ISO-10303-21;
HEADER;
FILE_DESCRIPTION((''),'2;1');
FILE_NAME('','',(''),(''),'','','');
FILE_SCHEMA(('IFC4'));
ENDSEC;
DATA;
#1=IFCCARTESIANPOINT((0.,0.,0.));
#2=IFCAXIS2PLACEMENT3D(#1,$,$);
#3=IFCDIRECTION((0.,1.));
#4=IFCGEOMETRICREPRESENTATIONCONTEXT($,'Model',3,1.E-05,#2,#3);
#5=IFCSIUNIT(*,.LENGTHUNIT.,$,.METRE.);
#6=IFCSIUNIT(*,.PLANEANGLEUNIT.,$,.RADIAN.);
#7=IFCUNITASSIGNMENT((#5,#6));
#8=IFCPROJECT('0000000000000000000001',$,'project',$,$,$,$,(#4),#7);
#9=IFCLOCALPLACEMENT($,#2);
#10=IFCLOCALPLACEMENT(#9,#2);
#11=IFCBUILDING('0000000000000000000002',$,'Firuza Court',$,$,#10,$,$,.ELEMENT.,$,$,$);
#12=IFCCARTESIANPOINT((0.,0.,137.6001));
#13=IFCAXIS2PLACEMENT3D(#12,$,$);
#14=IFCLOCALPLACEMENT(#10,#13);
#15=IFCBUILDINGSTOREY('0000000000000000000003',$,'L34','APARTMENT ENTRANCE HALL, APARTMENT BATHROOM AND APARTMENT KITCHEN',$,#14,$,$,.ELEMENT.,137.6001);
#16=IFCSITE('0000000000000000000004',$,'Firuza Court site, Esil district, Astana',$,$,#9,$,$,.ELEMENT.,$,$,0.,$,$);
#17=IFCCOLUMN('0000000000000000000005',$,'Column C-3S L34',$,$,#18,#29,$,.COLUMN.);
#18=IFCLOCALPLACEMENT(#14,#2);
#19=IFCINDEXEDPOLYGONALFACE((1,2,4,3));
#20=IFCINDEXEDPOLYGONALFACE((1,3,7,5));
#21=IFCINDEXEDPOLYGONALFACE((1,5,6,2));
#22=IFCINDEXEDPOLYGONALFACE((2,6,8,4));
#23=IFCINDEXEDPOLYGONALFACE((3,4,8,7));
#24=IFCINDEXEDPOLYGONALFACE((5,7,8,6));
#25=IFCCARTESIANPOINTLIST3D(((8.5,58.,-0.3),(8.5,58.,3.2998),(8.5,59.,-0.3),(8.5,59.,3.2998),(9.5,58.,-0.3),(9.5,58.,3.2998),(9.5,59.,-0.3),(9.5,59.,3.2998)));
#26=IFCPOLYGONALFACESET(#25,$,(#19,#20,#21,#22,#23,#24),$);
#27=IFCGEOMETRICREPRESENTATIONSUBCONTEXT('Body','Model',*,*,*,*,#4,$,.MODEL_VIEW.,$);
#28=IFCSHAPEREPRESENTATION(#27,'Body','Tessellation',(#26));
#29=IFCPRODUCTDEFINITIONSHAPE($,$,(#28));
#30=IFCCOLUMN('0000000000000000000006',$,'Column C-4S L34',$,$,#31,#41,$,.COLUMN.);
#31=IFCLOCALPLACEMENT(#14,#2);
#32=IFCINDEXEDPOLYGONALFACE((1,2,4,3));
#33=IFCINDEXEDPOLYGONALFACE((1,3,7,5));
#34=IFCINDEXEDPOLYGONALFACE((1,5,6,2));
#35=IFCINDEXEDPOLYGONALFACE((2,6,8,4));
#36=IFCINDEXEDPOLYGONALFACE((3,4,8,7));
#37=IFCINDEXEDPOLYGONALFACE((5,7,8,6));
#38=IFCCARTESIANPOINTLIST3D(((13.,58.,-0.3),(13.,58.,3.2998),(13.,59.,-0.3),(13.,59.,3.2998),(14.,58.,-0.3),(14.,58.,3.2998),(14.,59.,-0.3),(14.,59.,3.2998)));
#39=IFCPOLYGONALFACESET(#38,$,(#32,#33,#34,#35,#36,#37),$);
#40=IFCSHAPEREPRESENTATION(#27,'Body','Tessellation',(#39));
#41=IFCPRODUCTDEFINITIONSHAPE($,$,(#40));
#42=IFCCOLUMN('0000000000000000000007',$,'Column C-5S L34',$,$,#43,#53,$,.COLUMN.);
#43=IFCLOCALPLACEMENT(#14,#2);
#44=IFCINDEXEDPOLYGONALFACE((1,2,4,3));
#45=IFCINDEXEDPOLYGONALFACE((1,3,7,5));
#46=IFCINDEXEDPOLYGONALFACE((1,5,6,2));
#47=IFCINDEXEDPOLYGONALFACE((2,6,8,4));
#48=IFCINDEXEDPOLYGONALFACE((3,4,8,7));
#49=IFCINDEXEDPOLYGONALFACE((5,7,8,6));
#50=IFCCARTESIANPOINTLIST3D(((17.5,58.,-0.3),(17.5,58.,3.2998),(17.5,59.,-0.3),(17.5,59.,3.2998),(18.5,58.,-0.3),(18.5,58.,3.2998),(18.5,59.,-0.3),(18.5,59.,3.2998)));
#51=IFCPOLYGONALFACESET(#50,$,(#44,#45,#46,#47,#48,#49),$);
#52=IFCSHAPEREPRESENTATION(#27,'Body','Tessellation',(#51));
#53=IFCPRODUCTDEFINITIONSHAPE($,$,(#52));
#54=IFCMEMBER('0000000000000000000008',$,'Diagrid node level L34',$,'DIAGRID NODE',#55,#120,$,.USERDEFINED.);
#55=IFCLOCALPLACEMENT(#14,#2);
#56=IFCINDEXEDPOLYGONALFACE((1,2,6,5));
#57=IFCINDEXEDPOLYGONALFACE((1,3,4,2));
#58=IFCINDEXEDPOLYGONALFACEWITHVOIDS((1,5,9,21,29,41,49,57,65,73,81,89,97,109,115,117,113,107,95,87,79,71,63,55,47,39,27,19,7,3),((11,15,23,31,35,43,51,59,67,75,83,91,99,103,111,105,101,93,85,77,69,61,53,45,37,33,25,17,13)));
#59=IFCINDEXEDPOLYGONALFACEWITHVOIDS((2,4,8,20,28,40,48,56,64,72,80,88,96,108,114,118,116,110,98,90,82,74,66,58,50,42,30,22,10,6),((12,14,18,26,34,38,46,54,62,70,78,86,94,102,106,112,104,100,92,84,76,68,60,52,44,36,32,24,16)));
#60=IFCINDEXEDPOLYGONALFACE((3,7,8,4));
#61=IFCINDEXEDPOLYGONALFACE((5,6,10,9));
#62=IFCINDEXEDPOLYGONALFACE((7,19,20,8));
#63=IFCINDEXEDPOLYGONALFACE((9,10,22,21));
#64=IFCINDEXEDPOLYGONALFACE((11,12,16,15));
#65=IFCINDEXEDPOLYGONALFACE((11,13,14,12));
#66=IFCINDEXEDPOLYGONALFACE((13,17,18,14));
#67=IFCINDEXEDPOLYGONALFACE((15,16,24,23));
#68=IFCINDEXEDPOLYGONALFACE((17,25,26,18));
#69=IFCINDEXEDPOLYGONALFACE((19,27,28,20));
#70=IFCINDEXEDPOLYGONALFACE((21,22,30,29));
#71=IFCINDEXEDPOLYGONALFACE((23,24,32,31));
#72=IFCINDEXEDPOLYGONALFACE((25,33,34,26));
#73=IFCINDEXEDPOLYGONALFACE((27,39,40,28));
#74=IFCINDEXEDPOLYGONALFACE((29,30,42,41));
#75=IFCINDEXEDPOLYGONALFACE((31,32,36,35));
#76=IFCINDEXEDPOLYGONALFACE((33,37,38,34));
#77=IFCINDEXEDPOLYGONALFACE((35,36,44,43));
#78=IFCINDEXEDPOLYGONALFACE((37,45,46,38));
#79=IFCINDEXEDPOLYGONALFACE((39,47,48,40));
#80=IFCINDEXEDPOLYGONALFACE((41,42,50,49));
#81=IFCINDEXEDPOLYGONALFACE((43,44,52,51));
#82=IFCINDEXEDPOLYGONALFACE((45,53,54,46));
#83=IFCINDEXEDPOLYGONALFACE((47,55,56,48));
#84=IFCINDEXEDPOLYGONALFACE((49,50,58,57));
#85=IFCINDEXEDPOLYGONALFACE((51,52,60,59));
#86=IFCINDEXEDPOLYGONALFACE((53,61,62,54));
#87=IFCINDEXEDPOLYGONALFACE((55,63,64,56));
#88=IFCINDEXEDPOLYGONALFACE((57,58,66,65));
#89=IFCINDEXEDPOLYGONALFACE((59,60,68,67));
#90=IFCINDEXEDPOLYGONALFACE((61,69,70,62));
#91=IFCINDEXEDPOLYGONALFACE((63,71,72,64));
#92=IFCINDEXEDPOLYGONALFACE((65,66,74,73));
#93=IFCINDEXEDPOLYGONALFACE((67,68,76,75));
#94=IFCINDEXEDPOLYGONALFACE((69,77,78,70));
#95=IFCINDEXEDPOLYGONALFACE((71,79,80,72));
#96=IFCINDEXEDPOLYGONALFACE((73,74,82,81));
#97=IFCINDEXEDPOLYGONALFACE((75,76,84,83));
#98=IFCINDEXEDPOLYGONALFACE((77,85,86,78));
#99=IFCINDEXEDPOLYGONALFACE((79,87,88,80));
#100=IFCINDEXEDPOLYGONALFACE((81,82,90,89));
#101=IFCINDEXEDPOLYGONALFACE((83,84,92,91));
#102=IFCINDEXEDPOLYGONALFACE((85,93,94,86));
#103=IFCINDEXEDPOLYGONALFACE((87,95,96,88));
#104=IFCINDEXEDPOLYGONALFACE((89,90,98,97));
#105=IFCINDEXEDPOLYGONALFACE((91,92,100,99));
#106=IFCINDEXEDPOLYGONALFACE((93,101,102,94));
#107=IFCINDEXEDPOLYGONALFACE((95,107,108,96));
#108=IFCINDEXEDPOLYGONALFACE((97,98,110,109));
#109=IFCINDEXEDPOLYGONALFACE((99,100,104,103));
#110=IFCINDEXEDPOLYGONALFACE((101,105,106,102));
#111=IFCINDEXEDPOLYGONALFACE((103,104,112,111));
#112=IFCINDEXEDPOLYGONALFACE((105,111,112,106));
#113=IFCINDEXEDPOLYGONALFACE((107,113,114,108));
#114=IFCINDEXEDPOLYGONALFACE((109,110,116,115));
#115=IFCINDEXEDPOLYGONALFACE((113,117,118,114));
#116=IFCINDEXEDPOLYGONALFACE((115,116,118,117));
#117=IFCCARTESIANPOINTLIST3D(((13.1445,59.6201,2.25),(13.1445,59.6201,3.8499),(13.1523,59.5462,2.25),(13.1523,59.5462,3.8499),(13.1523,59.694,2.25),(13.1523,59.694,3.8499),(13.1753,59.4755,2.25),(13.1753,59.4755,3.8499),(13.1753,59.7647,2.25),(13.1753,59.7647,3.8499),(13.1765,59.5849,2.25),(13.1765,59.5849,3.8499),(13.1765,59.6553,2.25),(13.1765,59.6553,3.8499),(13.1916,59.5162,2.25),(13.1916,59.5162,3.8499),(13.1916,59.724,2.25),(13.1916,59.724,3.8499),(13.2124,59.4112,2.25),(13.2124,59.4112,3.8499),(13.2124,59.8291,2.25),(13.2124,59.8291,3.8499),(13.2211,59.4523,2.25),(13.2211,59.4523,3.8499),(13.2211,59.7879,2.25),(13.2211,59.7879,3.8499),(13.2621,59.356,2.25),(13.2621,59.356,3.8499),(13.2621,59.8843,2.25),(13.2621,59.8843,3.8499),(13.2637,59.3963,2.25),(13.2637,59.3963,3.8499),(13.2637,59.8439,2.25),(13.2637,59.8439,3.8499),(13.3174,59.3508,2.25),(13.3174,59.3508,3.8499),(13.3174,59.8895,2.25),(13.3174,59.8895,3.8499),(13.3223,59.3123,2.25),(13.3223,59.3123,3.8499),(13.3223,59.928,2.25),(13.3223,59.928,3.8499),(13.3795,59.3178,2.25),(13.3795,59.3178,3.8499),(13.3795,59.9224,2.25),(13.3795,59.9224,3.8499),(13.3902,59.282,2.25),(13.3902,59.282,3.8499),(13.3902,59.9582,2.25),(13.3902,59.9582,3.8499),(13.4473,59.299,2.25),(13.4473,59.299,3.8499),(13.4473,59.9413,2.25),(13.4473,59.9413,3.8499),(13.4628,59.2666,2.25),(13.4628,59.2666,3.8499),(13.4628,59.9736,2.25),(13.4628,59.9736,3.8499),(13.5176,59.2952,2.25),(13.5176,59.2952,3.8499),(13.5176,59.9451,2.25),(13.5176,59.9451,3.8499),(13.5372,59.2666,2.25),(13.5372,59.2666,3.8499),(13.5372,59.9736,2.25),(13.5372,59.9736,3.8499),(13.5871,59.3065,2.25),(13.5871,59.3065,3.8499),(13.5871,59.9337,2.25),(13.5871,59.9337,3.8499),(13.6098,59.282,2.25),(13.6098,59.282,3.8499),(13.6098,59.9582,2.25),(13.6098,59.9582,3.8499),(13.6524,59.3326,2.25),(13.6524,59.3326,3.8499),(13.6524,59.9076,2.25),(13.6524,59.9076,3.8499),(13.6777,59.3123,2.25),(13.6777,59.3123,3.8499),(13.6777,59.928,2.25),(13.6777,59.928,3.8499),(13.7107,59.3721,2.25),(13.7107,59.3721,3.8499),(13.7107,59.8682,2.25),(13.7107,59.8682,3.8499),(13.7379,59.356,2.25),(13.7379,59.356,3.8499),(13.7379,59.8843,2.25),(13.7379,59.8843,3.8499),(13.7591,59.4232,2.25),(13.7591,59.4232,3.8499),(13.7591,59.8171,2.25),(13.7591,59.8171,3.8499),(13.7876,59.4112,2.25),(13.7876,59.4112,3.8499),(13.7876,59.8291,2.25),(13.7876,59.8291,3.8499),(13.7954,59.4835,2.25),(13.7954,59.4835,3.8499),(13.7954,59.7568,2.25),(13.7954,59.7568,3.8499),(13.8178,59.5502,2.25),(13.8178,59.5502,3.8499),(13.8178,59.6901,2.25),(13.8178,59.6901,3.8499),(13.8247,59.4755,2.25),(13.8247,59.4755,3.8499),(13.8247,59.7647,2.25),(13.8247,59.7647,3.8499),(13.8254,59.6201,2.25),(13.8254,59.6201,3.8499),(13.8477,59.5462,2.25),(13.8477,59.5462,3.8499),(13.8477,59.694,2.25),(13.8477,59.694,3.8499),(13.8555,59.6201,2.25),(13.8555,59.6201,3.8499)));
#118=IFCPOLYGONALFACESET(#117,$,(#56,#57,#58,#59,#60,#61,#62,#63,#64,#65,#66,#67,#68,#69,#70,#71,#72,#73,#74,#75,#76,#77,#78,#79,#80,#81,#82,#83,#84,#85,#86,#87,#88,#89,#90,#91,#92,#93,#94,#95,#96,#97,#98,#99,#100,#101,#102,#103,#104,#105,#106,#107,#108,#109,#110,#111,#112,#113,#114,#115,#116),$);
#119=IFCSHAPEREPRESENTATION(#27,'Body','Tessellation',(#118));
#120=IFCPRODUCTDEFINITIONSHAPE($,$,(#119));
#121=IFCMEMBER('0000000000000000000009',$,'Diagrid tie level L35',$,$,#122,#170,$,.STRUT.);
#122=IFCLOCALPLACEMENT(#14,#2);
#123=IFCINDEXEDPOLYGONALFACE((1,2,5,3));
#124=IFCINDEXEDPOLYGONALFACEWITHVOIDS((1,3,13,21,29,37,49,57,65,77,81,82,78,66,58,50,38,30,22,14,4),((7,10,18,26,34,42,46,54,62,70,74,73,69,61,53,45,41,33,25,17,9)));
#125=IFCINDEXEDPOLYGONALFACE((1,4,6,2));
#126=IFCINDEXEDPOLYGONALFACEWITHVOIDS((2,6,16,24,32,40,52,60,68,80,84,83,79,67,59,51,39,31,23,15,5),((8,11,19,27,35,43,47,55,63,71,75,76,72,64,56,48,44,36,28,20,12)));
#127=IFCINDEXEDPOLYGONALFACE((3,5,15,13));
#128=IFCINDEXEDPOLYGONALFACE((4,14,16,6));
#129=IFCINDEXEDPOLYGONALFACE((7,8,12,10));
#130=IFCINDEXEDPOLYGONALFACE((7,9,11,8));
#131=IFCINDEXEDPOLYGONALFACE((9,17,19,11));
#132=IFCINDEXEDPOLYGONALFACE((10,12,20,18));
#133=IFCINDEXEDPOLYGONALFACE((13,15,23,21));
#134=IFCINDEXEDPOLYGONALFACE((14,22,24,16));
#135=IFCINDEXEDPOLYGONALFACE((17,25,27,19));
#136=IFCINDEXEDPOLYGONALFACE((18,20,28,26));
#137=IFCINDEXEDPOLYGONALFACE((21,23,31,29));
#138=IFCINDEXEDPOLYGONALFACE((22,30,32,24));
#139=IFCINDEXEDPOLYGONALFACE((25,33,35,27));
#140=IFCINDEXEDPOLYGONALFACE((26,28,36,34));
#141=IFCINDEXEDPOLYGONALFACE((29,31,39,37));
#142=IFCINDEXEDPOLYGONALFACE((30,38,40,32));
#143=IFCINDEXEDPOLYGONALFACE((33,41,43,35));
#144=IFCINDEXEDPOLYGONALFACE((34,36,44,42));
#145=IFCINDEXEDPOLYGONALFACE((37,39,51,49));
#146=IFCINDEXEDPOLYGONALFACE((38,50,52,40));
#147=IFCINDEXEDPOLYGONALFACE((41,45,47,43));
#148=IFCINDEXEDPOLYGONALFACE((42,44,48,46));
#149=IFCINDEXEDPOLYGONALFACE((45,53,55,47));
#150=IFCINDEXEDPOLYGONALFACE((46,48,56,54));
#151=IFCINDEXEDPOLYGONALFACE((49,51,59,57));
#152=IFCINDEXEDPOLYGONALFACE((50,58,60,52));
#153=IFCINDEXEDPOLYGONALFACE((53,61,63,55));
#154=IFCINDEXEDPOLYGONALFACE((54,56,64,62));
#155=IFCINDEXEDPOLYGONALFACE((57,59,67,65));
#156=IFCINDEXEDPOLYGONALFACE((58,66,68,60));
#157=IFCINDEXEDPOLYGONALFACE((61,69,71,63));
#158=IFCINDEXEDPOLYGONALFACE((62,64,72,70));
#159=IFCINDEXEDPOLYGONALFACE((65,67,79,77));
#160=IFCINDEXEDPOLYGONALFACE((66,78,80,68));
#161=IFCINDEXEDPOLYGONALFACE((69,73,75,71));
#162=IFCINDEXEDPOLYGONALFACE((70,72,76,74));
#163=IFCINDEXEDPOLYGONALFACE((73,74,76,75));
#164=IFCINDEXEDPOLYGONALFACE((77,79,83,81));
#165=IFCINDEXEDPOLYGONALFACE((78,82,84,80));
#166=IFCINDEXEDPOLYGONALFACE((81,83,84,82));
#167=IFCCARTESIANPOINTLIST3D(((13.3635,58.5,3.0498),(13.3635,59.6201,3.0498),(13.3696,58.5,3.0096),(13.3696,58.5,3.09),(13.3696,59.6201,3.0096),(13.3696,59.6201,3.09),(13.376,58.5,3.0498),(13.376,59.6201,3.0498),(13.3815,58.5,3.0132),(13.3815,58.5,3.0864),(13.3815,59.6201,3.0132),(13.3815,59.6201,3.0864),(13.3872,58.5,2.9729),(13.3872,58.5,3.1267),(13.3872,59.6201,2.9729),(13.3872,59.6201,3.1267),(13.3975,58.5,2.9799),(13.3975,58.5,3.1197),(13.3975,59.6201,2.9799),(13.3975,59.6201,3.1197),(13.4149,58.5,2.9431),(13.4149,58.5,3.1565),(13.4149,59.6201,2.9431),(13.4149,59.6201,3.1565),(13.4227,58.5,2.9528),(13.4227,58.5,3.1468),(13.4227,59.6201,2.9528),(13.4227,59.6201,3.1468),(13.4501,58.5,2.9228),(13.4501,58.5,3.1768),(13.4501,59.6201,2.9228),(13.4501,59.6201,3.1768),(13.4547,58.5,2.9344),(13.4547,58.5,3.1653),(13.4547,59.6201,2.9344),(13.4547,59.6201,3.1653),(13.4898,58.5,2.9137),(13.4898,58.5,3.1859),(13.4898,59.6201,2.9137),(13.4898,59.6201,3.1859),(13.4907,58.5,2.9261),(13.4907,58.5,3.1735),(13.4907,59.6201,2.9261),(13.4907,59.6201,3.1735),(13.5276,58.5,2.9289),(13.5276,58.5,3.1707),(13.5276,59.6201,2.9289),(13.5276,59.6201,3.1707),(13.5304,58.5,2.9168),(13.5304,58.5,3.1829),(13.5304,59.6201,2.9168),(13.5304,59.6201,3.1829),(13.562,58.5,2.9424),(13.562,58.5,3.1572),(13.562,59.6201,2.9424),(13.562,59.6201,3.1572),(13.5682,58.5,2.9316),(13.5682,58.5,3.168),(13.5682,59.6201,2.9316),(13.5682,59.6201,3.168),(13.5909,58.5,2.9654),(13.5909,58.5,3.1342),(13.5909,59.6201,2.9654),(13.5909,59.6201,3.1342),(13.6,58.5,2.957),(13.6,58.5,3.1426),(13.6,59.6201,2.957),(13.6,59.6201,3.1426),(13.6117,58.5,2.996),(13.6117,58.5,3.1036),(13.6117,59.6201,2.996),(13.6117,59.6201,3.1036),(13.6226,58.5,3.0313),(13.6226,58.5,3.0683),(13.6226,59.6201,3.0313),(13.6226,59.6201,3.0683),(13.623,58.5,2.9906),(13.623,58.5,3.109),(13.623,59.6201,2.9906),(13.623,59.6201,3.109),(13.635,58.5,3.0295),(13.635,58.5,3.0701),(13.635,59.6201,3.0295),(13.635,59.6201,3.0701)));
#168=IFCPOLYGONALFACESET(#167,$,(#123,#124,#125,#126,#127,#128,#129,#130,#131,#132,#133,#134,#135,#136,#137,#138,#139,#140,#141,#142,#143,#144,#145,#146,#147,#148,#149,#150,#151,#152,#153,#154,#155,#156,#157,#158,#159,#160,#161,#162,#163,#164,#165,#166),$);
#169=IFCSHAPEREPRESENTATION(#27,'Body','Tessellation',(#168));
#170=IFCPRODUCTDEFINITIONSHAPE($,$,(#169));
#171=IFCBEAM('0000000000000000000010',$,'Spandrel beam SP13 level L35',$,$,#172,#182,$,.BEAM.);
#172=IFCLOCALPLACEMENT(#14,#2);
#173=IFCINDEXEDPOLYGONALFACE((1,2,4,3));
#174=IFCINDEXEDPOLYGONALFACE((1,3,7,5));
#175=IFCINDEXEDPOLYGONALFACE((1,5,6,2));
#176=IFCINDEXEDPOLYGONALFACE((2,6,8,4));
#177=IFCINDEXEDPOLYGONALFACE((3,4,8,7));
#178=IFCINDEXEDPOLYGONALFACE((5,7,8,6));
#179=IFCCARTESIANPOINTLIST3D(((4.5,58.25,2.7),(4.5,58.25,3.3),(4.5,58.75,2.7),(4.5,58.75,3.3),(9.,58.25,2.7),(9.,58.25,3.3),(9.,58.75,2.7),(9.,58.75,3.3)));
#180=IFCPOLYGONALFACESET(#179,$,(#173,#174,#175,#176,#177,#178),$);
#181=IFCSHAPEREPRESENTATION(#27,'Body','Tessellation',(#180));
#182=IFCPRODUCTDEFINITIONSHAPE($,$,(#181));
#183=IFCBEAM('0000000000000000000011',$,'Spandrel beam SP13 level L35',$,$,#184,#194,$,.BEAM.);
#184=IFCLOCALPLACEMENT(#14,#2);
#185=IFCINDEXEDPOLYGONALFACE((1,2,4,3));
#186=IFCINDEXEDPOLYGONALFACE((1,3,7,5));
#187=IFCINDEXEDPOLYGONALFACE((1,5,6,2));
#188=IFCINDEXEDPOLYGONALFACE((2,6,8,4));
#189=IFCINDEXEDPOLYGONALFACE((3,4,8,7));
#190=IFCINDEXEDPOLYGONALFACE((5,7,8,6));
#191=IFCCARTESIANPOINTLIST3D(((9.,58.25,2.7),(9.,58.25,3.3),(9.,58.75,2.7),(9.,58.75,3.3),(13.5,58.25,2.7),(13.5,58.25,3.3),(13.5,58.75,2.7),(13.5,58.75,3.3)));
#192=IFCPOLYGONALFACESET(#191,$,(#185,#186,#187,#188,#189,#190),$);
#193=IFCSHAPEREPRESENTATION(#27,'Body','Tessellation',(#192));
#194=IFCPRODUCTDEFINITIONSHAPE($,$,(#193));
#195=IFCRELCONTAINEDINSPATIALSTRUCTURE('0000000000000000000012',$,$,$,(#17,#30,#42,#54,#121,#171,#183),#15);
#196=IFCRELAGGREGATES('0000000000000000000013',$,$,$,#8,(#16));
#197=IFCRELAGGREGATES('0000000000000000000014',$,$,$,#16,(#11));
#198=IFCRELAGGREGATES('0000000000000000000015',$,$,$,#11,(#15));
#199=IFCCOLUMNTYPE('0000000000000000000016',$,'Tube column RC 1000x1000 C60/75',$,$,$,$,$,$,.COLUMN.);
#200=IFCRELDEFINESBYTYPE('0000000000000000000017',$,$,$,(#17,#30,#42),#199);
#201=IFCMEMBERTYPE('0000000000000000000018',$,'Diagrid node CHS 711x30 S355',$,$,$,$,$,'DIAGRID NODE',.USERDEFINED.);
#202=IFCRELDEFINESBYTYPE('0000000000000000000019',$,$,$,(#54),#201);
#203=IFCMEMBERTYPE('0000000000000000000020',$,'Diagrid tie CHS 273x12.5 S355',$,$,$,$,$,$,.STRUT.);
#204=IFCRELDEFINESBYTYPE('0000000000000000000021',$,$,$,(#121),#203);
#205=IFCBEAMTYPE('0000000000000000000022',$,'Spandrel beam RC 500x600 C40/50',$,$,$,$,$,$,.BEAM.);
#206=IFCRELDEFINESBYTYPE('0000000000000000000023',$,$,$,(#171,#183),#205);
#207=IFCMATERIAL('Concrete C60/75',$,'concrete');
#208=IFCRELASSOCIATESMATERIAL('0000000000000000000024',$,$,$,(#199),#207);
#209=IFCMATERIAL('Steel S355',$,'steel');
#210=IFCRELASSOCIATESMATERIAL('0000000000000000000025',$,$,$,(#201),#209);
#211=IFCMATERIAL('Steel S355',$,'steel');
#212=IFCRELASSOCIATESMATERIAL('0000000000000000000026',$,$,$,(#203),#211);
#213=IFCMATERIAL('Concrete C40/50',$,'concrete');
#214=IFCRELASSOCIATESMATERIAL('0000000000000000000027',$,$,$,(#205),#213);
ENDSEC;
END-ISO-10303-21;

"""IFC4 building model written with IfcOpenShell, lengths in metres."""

from ifc_helpers import new_model, si_unit, direction, frame, origin, origin_2d, place, context, subcontext, project, spatial, rectangle, hollow_circle, extrude, material, material_profile, profile_set, type_object, element, save


model = new_model("IFC4")

# Units and contexts
model_context = context("Model", 3, precision=1e-05, world=origin(), true_north=direction((0.0, 1.0)))
body_context = subcontext(model_context, "Body", "Model", "MODEL_VIEW")
ifc_project = project(units=[si_unit("LENGTHUNIT", "METRE"), si_unit("PLANEANGLEUNIT", "RADIAN")], contexts=[model_context])

# Site, building, storey
site_placement = place(None, origin())
site = spatial("IfcSite", under=ifc_project, at=site_placement, Name="Firuza Court site, Esil district, Astana", CompositionType="ELEMENT", RefElevation=0.0)
building_placement = place(site_placement, origin())
building = spatial("IfcBuilding", under=site, at=building_placement, Name="Firuza Court", CompositionType="ELEMENT")
storey_placement = place(building_placement, frame((0.0, 0.0, 137.6001)))
storey = spatial("IfcBuildingStorey", under=building, at=storey_placement, Name="L34", Description="APARTMENT ENTRANCE HALL, APARTMENT BATHROOM AND APARTMENT KITCHEN", CompositionType="ELEMENT", Elevation=137.6001)

# Columns
ifc_material_1 = material(Name="Concrete C60/75", Category="concrete")
ifc_material_profile_1 = material_profile(ifc_material_1, rectangle(XDim=1.0, YDim=1.0, at=origin_2d()), Name="RC 1000x1000")
ifc_profile_set_1 = profile_set([ifc_material_profile_1], Name="Concrete C60/75")
column_type = type_object("IfcColumnType", Name="Tube column RC 1000x1000 C60/75", PredefinedType="COLUMN", material=ifc_profile_set_1)
for number, where, z_axis, x_axis, name in (
    (1, (9.0, 58.5, -0.3), (0.0, 0.0, 1.0), (1.0, 0.0, 0.0), "Column C-3S L34"),
    (2, (13.5, 58.5, -0.3), (0.0, 0.0, 1.0), (1.0, 0.0, 0.0), "Column C-4S L34"),
    (3, (18.0, 58.5, -0.3), (0.0, 0.0, 1.0), (1.0, 0.0, 0.0), "Column C-5S L34"),
):
    element("IfcColumn", number, at=place(storey_placement, frame(where, z_axis=z_axis, x_axis=x_axis)), inside=storey, type_object=column_type, Name=name, PredefinedType="COLUMN", context=body_context, shape_type="SweptSolid", body=[
        extrude(rectangle(XDim=1.0, YDim=1.0, at=origin_2d()), origin(), (0.0, 0.0, 1.0), 3.5999),
    ])

# Members
ifc_material_2 = material(Name="Steel S355", Category="steel")
ifc_material_profile_2 = material_profile(ifc_material_2, hollow_circle(Radius=0.3555, WallThickness=0.03, at=origin_2d()), Name="CHS 711x30")
ifc_profile_set_2 = profile_set([ifc_material_profile_2], Name="Steel S355")
member_type_1 = type_object("IfcMemberType", Name="Diagrid node CHS 711x30 S355", ElementType="DIAGRID NODE", PredefinedType="USERDEFINED", material=ifc_profile_set_2)
member_1_placement = place(storey_placement, frame((13.5, 59.6201, 2.25), z_axis=(0.0, 0.0, 1.0), x_axis=(1.0, 0.0, 0.0)))
element("IfcMember", 4, at=member_1_placement, inside=storey, type_object=member_type_1, Name="Diagrid node level L34", ObjectType="DIAGRID NODE", PredefinedType="USERDEFINED", context=body_context, shape_type="SweptSolid", body=[
    extrude(hollow_circle(Radius=0.3555, WallThickness=0.03, at=origin_2d()), origin(), (0.0, 0.0, 1.0), 1.5999),
])
ifc_material_3 = material(Name="Steel S355", Category="steel")
ifc_material_profile_3 = material_profile(ifc_material_3, hollow_circle(Radius=0.1365, WallThickness=0.0125, at=origin_2d()), Name="CHS 273x12.5")
ifc_profile_set_3 = profile_set([ifc_material_profile_3], Name="Steel S355")
member_type_2 = type_object("IfcMemberType", Name="Diagrid tie CHS 273x12.5 S355", PredefinedType="STRUT", material=ifc_profile_set_3)
member_2_placement = place(storey_placement, frame((13.5, 58.5, 3.0498), z_axis=(0.0, 1.0, 0.0), x_axis=(-1.0, 0.0, 0.0)))
element("IfcMember", 5, at=member_2_placement, inside=storey, type_object=member_type_2, Name="Diagrid tie level L35", PredefinedType="STRUT", context=body_context, shape_type="SweptSolid", body=[
    extrude(hollow_circle(Radius=0.1365, WallThickness=0.0125, at=origin_2d()), origin(), (0.0, 0.0, 1.0), 1.1201),
])

# Beams
ifc_material_4 = material(Name="Concrete C40/50", Category="concrete")
ifc_material_profile_4 = material_profile(ifc_material_4, rectangle(XDim=0.5, YDim=0.6001, at=origin_2d()), Name="RC 500x600")
ifc_profile_set_4 = profile_set([ifc_material_profile_4], Name="Concrete C40/50")
beam_type = type_object("IfcBeamType", Name="Spandrel beam RC 500x600 C40/50", PredefinedType="BEAM", material=ifc_profile_set_4)
for number, where, z_axis, x_axis, name in (
    (6, (9.0, 58.5, 3.0), (-1.0, 0.0, 0.0), (0.0, -1.0, 0.0), "Spandrel beam SP13 level L35"),
    (7, (13.5, 58.5, 3.0), (-1.0, 0.0, 0.0), (0.0, -1.0, 0.0), "Spandrel beam SP13 level L35"),
):
    element("IfcBeam", number, at=place(storey_placement, frame(where, z_axis=z_axis, x_axis=x_axis)), inside=storey, type_object=beam_type, Name=name, PredefinedType="BEAM", context=body_context, shape_type="SweptSolid", body=[
        extrude(rectangle(XDim=0.5, YDim=0.6001, at=origin_2d()), origin(), (0.0, 0.0, 1.0), 4.5),
    ])

save(model, "model.ifc")
